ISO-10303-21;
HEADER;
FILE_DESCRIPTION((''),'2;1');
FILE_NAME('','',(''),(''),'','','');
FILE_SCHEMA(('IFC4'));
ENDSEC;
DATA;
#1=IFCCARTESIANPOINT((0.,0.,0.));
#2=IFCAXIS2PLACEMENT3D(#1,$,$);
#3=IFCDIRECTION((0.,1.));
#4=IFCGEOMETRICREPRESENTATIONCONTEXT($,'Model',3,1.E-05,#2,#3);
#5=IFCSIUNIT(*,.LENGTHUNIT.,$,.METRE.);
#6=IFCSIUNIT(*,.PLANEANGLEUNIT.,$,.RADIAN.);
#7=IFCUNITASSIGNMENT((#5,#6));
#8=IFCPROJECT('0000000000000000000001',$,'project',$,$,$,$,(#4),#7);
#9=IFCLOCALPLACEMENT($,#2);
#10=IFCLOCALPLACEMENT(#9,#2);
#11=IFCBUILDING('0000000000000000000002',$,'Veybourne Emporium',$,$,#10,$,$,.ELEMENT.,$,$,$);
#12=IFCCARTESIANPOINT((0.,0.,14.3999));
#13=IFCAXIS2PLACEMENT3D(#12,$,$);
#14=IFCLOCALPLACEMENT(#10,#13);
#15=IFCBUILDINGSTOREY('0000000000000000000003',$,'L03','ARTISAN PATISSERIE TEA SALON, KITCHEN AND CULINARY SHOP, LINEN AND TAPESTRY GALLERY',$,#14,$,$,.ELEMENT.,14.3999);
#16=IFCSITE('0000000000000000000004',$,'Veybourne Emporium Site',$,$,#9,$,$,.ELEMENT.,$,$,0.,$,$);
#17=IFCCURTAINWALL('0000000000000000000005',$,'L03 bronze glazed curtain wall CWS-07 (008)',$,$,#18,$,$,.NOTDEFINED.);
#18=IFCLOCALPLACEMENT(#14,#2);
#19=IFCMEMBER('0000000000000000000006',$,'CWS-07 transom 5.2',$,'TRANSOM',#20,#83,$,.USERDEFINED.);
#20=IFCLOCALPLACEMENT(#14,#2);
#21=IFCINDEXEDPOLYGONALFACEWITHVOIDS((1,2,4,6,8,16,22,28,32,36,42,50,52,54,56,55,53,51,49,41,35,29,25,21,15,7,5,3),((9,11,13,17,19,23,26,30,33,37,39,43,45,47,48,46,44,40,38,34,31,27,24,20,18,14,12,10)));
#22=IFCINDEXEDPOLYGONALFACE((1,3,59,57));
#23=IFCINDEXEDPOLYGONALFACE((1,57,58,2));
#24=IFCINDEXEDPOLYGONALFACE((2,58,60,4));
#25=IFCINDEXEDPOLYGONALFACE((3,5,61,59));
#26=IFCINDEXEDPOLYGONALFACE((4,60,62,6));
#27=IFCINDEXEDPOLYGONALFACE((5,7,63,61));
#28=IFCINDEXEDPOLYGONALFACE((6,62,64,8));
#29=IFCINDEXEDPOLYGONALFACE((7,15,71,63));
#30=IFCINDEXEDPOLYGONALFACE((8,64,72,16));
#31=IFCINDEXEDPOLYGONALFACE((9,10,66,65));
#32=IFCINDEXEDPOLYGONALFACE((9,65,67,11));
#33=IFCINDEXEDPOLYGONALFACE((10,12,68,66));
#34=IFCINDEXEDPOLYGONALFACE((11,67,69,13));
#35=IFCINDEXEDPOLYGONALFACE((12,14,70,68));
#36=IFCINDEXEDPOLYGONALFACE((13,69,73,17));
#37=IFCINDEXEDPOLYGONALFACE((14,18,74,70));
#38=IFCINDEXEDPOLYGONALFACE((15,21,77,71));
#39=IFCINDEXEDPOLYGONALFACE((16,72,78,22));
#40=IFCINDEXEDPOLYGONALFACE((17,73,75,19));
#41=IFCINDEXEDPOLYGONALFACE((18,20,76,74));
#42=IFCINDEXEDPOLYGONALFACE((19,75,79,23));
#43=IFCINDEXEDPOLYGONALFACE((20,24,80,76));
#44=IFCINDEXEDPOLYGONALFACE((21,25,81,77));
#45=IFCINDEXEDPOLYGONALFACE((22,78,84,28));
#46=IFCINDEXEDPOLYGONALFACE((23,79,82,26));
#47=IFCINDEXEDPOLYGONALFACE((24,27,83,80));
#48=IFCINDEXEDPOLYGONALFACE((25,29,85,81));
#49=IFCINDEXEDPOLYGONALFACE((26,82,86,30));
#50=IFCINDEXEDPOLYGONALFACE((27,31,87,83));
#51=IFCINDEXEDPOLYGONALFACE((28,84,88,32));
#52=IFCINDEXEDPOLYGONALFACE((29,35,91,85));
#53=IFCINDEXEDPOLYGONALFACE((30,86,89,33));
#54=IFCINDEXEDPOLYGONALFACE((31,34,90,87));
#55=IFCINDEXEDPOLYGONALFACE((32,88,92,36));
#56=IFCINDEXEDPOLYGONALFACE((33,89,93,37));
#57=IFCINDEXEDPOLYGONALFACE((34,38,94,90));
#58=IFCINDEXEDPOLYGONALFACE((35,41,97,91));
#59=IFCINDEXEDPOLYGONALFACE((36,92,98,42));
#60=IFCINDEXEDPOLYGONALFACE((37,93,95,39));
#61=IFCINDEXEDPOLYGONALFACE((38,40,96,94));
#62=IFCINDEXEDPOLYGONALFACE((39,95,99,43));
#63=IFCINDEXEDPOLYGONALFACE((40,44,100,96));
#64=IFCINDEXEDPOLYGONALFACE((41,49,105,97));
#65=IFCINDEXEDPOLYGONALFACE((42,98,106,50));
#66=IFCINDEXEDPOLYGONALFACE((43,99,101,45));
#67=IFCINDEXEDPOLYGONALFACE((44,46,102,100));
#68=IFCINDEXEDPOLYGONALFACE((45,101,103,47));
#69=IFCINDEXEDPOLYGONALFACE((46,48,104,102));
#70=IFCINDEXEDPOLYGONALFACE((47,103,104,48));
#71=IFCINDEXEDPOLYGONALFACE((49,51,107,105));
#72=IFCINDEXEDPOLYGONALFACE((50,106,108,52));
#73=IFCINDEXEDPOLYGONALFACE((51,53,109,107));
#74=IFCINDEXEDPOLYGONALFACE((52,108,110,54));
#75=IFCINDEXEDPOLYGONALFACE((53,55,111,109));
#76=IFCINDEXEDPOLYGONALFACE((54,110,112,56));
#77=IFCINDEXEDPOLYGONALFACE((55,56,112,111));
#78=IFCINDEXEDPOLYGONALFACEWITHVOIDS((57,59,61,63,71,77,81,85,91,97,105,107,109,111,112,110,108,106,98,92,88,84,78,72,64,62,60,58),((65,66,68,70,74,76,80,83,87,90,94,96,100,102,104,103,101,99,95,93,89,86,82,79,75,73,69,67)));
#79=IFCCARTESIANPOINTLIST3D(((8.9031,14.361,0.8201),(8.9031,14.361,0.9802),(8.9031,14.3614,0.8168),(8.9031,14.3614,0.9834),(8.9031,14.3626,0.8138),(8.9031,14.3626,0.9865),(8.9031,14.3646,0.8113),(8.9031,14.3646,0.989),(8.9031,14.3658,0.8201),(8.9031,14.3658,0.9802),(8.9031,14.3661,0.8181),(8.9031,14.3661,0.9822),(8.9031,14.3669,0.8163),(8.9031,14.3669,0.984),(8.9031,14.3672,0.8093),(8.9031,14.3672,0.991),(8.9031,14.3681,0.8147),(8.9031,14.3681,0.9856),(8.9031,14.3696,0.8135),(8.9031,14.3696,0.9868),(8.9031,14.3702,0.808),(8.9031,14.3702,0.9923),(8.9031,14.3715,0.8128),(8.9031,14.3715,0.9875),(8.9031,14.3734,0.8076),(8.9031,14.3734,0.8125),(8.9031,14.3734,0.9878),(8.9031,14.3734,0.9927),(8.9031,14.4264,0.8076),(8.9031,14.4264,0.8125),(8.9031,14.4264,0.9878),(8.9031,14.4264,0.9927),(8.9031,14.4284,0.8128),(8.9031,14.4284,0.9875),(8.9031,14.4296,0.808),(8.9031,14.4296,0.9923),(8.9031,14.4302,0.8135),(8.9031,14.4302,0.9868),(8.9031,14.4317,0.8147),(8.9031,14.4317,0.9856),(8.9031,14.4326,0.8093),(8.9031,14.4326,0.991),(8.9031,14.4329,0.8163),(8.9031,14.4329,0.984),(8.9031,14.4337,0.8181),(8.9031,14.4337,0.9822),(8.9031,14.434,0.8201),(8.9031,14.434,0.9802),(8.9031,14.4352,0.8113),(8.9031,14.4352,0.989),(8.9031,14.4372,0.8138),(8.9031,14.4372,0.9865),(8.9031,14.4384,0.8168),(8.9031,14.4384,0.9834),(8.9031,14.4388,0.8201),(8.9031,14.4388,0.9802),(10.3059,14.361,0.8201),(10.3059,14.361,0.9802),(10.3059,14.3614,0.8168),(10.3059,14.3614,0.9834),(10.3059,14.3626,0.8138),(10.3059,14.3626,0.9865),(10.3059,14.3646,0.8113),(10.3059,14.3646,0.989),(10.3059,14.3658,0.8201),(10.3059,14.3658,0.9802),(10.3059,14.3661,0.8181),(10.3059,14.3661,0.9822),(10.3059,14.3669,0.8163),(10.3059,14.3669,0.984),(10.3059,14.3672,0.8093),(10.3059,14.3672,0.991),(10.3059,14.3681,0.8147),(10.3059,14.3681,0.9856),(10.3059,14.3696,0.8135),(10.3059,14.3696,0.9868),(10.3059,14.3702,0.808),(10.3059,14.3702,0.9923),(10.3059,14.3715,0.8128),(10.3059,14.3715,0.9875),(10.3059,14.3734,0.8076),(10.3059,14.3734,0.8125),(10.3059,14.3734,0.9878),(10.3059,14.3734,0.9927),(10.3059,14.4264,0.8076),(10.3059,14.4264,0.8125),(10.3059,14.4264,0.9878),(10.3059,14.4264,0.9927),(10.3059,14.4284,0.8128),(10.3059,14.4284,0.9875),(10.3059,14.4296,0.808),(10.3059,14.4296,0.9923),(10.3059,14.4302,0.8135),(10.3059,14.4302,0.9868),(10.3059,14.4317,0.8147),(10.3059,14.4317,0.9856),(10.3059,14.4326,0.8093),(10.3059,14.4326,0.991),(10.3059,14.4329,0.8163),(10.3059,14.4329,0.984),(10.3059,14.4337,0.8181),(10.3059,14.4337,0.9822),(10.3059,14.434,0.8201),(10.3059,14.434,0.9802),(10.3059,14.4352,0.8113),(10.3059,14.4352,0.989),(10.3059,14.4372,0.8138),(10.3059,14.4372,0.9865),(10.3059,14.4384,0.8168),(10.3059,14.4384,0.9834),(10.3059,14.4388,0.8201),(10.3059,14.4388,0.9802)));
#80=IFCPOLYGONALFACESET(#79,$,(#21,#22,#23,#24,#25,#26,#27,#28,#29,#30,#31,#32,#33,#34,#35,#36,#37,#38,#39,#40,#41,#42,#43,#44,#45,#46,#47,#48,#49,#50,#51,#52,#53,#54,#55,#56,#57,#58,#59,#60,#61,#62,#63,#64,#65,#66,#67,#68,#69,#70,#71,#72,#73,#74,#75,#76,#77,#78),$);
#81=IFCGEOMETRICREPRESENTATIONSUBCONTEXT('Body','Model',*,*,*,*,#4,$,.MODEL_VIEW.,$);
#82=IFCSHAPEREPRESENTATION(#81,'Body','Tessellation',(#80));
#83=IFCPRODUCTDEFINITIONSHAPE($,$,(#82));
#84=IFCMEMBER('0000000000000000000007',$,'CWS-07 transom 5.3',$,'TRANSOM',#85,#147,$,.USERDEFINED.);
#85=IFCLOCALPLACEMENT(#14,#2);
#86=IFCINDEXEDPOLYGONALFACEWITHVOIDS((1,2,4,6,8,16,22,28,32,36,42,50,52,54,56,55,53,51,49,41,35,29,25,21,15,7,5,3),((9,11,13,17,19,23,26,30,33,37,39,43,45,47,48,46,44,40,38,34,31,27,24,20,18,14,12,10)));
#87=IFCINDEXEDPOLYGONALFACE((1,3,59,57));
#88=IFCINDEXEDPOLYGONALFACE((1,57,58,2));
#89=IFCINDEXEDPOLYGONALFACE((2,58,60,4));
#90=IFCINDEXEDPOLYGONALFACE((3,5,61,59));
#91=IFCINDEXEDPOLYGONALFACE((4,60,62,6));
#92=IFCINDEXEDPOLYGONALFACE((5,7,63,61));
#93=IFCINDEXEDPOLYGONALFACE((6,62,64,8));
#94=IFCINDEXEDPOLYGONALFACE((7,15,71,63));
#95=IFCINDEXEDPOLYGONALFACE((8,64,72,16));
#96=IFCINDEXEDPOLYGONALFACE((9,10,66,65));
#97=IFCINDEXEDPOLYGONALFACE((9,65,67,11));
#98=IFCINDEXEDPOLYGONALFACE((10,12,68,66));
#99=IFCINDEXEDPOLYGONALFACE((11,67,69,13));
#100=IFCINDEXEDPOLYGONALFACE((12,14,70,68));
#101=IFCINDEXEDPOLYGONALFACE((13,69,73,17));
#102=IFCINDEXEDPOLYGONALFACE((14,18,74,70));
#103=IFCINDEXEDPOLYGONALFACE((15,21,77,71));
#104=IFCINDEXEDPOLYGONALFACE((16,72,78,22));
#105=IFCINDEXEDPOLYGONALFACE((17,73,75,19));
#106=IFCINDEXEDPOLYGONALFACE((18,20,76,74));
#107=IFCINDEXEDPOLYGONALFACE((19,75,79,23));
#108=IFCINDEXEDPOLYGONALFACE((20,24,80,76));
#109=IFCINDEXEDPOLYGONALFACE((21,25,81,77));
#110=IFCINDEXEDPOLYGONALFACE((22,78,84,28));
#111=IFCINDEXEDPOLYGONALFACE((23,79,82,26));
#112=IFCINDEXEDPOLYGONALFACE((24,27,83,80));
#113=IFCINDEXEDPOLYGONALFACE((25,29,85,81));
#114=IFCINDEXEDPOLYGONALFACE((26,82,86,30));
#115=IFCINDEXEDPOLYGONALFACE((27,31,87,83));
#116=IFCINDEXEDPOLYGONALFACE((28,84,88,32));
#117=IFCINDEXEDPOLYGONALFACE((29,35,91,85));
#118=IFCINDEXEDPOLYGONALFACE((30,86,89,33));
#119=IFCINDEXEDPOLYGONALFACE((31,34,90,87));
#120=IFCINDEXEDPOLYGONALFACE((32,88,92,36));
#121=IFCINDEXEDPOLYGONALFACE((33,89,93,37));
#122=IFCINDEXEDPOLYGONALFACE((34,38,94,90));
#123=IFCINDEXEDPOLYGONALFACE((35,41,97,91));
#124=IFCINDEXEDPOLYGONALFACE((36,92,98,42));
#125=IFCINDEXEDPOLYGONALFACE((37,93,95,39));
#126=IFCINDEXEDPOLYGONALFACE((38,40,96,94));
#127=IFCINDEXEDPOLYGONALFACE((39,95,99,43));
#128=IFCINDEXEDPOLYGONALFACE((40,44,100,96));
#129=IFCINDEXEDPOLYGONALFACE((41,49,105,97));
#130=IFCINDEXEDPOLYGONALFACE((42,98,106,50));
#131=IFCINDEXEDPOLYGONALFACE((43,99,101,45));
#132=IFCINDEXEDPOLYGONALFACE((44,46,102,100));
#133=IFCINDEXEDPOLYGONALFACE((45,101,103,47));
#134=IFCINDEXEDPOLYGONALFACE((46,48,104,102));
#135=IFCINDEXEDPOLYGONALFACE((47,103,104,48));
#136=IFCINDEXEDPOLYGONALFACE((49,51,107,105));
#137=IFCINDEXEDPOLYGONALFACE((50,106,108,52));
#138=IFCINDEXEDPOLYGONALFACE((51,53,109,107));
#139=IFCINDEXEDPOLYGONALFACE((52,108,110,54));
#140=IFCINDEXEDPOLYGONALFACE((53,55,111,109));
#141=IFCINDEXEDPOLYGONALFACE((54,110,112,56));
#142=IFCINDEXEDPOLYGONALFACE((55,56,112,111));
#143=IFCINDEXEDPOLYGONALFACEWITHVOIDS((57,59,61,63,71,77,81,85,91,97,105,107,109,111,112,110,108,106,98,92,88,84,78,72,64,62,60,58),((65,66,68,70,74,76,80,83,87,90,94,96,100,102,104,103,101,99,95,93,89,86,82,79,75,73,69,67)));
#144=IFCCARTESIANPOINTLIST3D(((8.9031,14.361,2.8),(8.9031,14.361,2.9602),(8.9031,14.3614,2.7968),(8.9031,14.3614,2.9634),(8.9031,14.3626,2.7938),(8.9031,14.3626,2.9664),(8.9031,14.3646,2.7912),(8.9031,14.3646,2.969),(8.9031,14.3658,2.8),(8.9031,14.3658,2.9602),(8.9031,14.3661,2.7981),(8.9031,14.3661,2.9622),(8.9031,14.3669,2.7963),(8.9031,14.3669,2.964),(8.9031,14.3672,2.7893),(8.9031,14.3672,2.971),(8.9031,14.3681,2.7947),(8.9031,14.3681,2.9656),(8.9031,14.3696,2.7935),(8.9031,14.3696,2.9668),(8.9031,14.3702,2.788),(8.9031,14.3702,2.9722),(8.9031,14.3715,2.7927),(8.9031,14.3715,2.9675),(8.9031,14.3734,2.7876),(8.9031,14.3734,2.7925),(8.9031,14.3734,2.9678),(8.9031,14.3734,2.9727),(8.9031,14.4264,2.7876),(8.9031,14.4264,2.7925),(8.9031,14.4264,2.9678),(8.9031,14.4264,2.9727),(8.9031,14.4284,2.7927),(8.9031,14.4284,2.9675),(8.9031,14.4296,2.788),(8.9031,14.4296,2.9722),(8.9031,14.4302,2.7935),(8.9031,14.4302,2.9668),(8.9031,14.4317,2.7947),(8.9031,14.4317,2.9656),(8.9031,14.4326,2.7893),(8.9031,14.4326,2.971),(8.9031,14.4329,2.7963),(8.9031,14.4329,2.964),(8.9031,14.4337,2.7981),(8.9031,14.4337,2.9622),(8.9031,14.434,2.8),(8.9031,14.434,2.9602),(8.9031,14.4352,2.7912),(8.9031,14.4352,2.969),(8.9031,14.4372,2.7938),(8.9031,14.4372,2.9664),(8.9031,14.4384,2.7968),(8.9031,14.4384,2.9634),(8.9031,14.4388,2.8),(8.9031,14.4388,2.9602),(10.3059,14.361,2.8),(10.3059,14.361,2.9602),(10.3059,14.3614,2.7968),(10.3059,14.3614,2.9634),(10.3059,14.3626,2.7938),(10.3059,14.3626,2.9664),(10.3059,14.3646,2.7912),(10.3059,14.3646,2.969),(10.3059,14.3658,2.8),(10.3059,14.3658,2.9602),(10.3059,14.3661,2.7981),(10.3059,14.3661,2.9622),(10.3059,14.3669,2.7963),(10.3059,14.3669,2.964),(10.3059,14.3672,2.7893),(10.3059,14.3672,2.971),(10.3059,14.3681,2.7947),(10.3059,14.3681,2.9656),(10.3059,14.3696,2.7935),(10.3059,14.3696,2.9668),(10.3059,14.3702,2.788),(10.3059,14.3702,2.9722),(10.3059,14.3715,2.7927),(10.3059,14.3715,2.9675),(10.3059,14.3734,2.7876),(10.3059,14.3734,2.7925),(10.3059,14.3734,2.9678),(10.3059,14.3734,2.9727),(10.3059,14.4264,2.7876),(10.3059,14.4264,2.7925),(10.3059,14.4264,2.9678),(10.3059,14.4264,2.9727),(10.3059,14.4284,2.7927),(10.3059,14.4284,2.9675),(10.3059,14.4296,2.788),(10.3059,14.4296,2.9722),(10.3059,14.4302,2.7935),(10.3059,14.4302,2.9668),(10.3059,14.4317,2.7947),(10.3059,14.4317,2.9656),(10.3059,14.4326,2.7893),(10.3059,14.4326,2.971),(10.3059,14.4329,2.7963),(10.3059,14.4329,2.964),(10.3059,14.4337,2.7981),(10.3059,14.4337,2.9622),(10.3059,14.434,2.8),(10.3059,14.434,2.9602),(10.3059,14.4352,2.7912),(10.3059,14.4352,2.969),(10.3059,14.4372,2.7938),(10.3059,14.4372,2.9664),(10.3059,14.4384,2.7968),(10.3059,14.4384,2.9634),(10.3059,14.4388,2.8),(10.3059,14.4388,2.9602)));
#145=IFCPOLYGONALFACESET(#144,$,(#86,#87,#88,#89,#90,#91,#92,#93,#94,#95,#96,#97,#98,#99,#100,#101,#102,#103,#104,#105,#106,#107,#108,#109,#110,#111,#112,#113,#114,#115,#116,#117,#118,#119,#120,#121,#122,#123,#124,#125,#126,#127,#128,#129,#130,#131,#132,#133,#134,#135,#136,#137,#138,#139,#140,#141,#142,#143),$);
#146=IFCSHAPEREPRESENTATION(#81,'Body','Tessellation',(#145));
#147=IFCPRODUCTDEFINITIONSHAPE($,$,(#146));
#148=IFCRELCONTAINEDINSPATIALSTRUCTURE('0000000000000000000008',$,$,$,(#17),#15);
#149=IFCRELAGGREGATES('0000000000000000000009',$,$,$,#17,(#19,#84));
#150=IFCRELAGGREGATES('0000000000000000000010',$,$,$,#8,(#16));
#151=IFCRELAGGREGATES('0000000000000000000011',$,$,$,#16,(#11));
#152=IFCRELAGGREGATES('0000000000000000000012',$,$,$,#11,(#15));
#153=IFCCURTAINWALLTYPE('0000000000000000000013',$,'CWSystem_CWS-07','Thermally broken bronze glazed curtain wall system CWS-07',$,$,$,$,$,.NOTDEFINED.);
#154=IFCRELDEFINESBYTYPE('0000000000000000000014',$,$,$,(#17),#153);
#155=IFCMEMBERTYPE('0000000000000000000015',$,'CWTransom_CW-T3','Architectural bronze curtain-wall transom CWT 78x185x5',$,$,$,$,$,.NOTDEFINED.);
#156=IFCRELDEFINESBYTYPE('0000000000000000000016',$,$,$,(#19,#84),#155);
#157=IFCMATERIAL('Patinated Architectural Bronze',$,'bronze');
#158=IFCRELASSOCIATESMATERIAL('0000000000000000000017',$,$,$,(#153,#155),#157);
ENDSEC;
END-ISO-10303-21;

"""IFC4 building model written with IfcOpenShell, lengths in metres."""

from ifc_helpers import new_model, si_unit, direction, frame, origin, origin_2d, place, context, subcontext, project, spatial, hollow_rectangle, extrude, material, material_profile, profile_set, type_object, element, aggregate, save


model = new_model("IFC4")

# Units and contexts
model_context = context("Model", 3, precision=1e-05, world=origin(), true_north=direction((0.0, 1.0)))
body_context = subcontext(model_context, "Body", "Model", "MODEL_VIEW")
ifc_project = project(units=[si_unit("LENGTHUNIT", "METRE"), si_unit("PLANEANGLEUNIT", "RADIAN")], contexts=[model_context])

# Site, building, storey
site_placement = place(None, origin())
site = spatial("IfcSite", under=ifc_project, at=site_placement, Name="Veybourne Emporium Site", CompositionType="ELEMENT", RefElevation=0.0)
building_placement = place(site_placement, origin())
building = spatial("IfcBuilding", under=site, at=building_placement, Name="Veybourne Emporium", CompositionType="ELEMENT")
storey_placement = place(building_placement, frame((0.0, 0.0, 14.3999)))
storey = spatial("IfcBuildingStorey", under=building, at=storey_placement, Name="L03", Description="ARTISAN PATISSERIE TEA SALON, KITCHEN AND CULINARY SHOP, LINEN AND TAPESTRY GALLERY", CompositionType="ELEMENT", Elevation=14.3999)

# Shared definitions
ifc_material_1 = material(Name="Patinated Architectural Bronze", Category="bronze")

# Curtain wall, members
curtain_wall_type_1 = type_object("IfcCurtainWallType", Name="CWSystem_CWS-07", Description="Thermally broken bronze glazed curtain wall system CWS-07", PredefinedType="NOTDEFINED", material=ifc_material_1)
curtain_wall_1_placement = place(storey_placement, origin())
curtain_wall_1 = element("IfcCurtainWall", 1, at=curtain_wall_1_placement, inside=storey, type_object=curtain_wall_type_1, Name="L03 bronze glazed curtain wall CWS-07 (008)", PredefinedType="NOTDEFINED")
ifc_material_profile_1 = material_profile(ifc_material_1, hollow_rectangle(XDim=0.0779, YDim=0.1851, WallThickness=0.0049, InnerFilletRadius=0.0076, OuterFilletRadius=0.0125, at=origin_2d()), Name="CWT 78x185x5")
ifc_profile_set_1 = profile_set([ifc_material_profile_1], Name="Patinated Architectural Bronze")
member_type_1 = type_object("IfcMemberType", Name="CWTransom_CW-T3", Description="Architectural bronze curtain-wall transom CWT 78x185x5", PredefinedType="NOTDEFINED", material=ifc_profile_set_1)
member_1_placement = place(storey_placement, frame((10.3059, 14.3999, 0.9001), z_axis=(-1.0, 0.0, 0.0), x_axis=(0.0, -1.0, 0.0)))
member_1 = element("IfcMember", 2, at=member_1_placement, type_object=member_type_1, Name="CWS-07 transom 5.2", ObjectType="TRANSOM", PredefinedType="USERDEFINED", context=body_context, shape_type="SweptSolid", body=[
    extrude(hollow_rectangle(XDim=0.0779, YDim=0.1851, WallThickness=0.0049, InnerFilletRadius=0.0076, OuterFilletRadius=0.0125, at=origin_2d()), origin(), (0.0, 0.0, 1.0), 1.4028),
])
member_2_placement = place(storey_placement, frame((10.3059, 14.3999, 2.8801), z_axis=(-1.0, 0.0, 0.0), x_axis=(0.0, -1.0, 0.0)))
member_2 = element("IfcMember", 3, at=member_2_placement, type_object=member_type_1, Name="CWS-07 transom 5.3", ObjectType="TRANSOM", PredefinedType="USERDEFINED", context=body_context, shape_type="SweptSolid", body=[
    extrude(hollow_rectangle(XDim=0.0779, YDim=0.1851, WallThickness=0.0049, InnerFilletRadius=0.0076, OuterFilletRadius=0.0125, at=origin_2d()), origin(), (0.0, 0.0, 1.0), 1.4028),
])

aggregate(curtain_wall_1, [member_1, member_2])

save(model, "model.ifc")
